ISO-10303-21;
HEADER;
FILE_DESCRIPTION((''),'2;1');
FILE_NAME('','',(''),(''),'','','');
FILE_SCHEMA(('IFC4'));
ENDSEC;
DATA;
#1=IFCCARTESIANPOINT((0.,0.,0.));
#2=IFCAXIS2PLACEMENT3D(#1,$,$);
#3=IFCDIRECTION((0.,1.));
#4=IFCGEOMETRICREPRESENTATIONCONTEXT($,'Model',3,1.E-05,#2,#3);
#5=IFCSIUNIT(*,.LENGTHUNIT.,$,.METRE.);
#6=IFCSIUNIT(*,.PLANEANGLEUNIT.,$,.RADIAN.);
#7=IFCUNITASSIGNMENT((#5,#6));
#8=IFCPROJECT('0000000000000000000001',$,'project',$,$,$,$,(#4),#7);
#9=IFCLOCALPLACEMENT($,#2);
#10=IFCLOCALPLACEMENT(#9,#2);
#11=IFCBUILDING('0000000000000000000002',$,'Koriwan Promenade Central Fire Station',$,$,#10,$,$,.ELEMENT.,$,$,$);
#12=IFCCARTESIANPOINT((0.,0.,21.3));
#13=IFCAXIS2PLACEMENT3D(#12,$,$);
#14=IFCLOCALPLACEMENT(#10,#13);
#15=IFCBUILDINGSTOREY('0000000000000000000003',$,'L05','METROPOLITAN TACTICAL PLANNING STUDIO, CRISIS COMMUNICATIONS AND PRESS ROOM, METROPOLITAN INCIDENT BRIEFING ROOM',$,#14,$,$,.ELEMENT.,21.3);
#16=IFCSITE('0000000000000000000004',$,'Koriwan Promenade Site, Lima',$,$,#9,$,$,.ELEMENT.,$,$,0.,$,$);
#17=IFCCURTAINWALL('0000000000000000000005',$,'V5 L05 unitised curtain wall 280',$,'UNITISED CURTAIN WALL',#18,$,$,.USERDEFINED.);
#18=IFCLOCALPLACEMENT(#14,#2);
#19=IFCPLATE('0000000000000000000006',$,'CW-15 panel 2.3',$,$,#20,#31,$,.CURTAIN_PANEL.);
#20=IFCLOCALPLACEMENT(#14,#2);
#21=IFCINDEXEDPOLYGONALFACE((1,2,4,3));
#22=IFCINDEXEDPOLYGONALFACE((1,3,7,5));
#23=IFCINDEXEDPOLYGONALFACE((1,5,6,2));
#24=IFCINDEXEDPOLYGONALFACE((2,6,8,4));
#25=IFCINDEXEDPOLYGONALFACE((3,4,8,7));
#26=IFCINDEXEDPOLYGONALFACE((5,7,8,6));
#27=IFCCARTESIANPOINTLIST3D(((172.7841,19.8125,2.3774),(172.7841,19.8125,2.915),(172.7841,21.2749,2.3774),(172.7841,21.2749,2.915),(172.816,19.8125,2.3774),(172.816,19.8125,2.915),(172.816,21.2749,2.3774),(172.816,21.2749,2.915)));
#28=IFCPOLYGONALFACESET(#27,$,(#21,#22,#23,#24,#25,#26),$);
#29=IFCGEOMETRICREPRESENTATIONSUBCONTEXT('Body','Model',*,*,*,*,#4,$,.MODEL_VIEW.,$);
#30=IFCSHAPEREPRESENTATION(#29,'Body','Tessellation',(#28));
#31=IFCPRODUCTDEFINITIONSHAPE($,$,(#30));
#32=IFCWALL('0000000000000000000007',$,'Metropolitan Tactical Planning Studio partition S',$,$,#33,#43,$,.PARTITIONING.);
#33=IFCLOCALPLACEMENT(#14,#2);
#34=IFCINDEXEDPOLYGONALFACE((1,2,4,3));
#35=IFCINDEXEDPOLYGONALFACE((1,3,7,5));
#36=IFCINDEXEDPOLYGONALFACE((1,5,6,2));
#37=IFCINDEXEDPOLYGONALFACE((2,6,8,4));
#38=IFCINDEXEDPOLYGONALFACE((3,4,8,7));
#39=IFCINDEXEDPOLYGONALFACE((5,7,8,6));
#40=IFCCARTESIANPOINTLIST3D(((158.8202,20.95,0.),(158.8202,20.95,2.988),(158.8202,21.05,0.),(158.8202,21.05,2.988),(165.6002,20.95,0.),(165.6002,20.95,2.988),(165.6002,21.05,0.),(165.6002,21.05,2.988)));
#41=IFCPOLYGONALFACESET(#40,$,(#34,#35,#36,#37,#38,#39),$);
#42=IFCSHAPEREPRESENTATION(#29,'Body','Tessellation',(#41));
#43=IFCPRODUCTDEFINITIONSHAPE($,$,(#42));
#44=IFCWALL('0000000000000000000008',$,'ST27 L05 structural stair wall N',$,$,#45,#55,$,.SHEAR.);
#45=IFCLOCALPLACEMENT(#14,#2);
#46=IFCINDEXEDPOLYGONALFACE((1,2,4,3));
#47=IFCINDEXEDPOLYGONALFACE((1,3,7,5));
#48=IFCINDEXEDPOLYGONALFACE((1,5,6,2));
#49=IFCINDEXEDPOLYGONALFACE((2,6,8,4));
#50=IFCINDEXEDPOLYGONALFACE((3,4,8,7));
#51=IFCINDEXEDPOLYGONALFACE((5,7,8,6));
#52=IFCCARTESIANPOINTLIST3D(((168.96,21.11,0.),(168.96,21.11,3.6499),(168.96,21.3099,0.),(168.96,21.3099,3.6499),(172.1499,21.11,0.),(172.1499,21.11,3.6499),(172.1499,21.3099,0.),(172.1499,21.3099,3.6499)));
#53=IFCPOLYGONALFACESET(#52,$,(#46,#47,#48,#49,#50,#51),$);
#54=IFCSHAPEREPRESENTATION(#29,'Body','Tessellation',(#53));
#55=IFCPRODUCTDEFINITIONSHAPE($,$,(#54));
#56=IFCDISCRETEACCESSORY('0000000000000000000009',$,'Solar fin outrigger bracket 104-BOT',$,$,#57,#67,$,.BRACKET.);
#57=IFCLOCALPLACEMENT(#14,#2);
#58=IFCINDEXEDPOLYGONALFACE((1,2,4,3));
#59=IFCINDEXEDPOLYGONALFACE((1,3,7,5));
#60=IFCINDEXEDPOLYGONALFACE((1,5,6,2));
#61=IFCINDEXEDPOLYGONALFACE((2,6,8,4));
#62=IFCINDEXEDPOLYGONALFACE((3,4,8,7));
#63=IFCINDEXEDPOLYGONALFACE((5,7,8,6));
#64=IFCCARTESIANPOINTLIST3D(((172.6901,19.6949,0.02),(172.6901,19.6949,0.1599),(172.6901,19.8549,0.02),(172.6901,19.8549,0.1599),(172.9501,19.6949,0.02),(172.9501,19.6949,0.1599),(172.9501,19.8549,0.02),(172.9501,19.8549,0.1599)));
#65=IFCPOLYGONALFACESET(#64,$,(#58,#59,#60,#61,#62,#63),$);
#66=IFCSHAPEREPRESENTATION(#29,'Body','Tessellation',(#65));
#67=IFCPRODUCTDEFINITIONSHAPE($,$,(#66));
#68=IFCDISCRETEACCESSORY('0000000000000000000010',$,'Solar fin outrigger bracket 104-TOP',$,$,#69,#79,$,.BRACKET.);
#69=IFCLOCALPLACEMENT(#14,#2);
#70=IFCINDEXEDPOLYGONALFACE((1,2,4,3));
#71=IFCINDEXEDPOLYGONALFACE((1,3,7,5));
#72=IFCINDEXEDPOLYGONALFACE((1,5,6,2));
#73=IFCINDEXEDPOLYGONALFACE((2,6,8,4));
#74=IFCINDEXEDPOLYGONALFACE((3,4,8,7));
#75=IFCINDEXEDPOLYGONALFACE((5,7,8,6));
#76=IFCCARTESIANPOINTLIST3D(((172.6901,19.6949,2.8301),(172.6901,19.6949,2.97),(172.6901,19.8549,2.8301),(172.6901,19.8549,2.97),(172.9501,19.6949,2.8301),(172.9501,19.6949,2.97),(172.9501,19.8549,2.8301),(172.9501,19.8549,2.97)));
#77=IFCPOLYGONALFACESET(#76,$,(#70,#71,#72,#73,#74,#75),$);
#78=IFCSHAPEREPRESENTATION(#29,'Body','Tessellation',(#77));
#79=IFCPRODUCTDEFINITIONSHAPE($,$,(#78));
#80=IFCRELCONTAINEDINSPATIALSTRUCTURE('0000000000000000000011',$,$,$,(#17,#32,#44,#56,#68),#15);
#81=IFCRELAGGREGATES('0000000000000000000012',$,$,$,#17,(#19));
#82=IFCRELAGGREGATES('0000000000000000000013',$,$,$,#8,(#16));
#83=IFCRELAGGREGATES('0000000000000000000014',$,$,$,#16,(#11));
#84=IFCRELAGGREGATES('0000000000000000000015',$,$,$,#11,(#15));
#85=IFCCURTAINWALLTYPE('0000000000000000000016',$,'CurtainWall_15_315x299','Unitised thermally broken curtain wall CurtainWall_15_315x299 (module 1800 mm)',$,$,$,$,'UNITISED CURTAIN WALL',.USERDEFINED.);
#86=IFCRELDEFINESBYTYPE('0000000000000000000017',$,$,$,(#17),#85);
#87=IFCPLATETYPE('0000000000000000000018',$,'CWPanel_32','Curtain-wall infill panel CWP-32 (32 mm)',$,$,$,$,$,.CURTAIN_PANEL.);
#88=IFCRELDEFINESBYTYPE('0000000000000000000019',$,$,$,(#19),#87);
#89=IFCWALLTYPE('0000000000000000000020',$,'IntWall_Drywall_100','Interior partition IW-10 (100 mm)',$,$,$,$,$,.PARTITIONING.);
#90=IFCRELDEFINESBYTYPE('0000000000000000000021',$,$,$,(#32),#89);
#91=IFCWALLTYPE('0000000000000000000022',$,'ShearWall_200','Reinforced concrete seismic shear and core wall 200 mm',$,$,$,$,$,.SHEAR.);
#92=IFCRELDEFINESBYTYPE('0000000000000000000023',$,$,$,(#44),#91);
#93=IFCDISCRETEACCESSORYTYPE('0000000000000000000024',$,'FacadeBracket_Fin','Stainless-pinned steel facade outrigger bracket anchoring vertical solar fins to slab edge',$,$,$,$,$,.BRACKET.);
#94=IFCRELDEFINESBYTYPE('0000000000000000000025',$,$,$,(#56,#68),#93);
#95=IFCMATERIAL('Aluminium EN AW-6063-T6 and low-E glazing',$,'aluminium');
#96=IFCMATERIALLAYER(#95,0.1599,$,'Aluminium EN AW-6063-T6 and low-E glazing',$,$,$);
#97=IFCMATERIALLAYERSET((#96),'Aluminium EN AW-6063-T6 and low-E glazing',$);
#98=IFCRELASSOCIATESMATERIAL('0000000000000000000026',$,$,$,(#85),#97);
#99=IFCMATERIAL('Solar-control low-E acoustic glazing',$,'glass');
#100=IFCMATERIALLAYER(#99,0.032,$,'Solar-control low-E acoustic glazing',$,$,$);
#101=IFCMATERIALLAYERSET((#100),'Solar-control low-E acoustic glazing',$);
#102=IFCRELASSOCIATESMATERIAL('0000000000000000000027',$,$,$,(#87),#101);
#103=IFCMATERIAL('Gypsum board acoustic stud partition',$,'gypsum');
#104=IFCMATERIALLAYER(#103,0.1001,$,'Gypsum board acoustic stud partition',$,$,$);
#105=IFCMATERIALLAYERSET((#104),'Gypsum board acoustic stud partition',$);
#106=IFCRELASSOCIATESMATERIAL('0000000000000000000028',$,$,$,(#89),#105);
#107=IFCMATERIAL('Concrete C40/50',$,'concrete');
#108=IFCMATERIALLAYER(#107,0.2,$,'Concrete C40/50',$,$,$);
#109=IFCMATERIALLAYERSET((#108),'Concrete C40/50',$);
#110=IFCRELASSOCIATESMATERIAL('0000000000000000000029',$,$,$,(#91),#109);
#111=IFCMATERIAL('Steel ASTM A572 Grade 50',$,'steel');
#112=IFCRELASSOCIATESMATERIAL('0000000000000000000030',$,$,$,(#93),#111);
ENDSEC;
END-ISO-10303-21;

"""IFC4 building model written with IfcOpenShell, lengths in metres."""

from ifc_helpers import new_model, si_unit, direction, frame, frame_2d, origin, origin_2d, place, context, subcontext, project, spatial, rectangle, extrude, material, layer, layer_set, type_object, element, aggregate, save


model = new_model("IFC4")

# Units and contexts
model_context = context("Model", 3, precision=1e-05, world=origin(), true_north=direction((0.0, 1.0)))
body_context = subcontext(model_context, "Body", "Model", "MODEL_VIEW")
ifc_project = project(units=[si_unit("LENGTHUNIT", "METRE"), si_unit("PLANEANGLEUNIT", "RADIAN")], contexts=[model_context])

# Site, building, storey
site_placement = place(None, origin())
site = spatial("IfcSite", under=ifc_project, at=site_placement, Name="Koriwan Promenade Site, Lima", CompositionType="ELEMENT", RefElevation=0.0)
building_placement = place(site_placement, origin())
building = spatial("IfcBuilding", under=site, at=building_placement, Name="Koriwan Promenade Central Fire Station", CompositionType="ELEMENT")
storey_placement = place(building_placement, frame((0.0, 0.0, 21.3)))
storey = spatial("IfcBuildingStorey", under=building, at=storey_placement, Name="L05", Description="METROPOLITAN TACTICAL PLANNING STUDIO, CRISIS COMMUNICATIONS AND PRESS ROOM, METROPOLITAN INCIDENT BRIEFING ROOM", CompositionType="ELEMENT", Elevation=21.3)

# Shared definitions
ifc_material_1 = material(Name="Concrete C40/50", Category="concrete")

# Curtain wall
ifc_material_2 = material(Name="Aluminium EN AW-6063-T6 and low-E glazing", Category="aluminium")
ifc_layer_1 = layer(ifc_material_2, 0.1599, Name="Aluminium EN AW-6063-T6 and low-E glazing")
ifc_layer_set_1 = layer_set([ifc_layer_1], Name="Aluminium EN AW-6063-T6 and low-E glazing")
curtain_wall_type = type_object("IfcCurtainWallType", Name="CurtainWall_15_315x299", Description="Unitised thermally broken curtain wall CurtainWall_15_315x299 (module 1800 mm)", ElementType="UNITISED CURTAIN WALL", PredefinedType="USERDEFINED", material=ifc_layer_set_1)
curtain_wall_placement = place(storey_placement, origin())
curtain_wall = element("IfcCurtainWall", 1, at=curtain_wall_placement, inside=storey, type_object=curtain_wall_type, Name="V5 L05 unitised curtain wall 280", ObjectType="UNITISED CURTAIN WALL", PredefinedType="USERDEFINED")

# Plate
ifc_material_3 = material(Name="Solar-control low-E acoustic glazing", Category="glass")
ifc_layer_2 = layer(ifc_material_3, 0.032, Name="Solar-control low-E acoustic glazing")
ifc_layer_set_2 = layer_set([ifc_layer_2], Name="Solar-control low-E acoustic glazing")
plate_type = type_object("IfcPlateType", Name="CWPanel_32", Description="Curtain-wall infill panel CWP-32 (32 mm)", PredefinedType="CURTAIN_PANEL", material=ifc_layer_set_2)
plate_1_placement = place(storey_placement, frame((172.8, 20.5437, 2.3774), z_axis=(0.0, 0.0, 1.0), x_axis=(0.0, 1.0, 0.0)))
plate_1 = element("IfcPlate", 2, at=plate_1_placement, type_object=plate_type, Name="CW-15 panel 2.3", PredefinedType="CURTAIN_PANEL", context=body_context, shape_type="SweptSolid", body=[
    extrude(rectangle(XDim=1.4624, YDim=0.032, at=origin_2d()), origin(), (0.0, 0.0, 1.0), 0.5376),
])
aggregate(curtain_wall, [plate_1])

# Walls
ifc_material_4 = material(Name="Gypsum board acoustic stud partition", Category="gypsum")
ifc_layer_3 = layer(ifc_material_4, 0.1001, Name="Gypsum board acoustic stud partition")
ifc_layer_set_3 = layer_set([ifc_layer_3], Name="Gypsum board acoustic stud partition")
wall_type_1 = type_object("IfcWallType", Name="IntWall_Drywall_100", Description="Interior partition IW-10 (100 mm)", PredefinedType="PARTITIONING", material=ifc_layer_set_3)
wall_1_placement = place(storey_placement, frame((158.8201, 21.0, 0.0), z_axis=(0.0, 0.0, 1.0), x_axis=(1.0, 0.0, 0.0)))
element("IfcWall", 3, at=wall_1_placement, inside=storey, type_object=wall_type_1, Name="Metropolitan Tactical Planning Studio partition S", PredefinedType="PARTITIONING", context=body_context, shape_type="SweptSolid", body=[
    extrude(rectangle(XDim=6.78, YDim=0.1001, at=frame_2d((3.3901, 0.0))), origin(), (0.0, 0.0, 1.0), 2.988),
])
ifc_layer_4 = layer(ifc_material_1, 0.2, Name="Concrete C40/50")
ifc_layer_set_4 = layer_set([ifc_layer_4], Name="Concrete C40/50")
wall_type_2 = type_object("IfcWallType", Name="ShearWall_200", Description="Reinforced concrete seismic shear and core wall 200 mm", PredefinedType="SHEAR", material=ifc_layer_set_4)
wall_2_placement = place(storey_placement, frame((168.96, 21.21, 0.0), z_axis=(0.0, 0.0, 1.0), x_axis=(1.0, 0.0, 0.0)))
element("IfcWall", 4, at=wall_2_placement, inside=storey, type_object=wall_type_2, Name="ST27 L05 structural stair wall N", PredefinedType="SHEAR", context=body_context, shape_type="SweptSolid", body=[
    extrude(rectangle(XDim=3.1899, YDim=0.2, at=frame_2d((1.595, 0.0))), origin(), (0.0, 0.0, 1.0), 3.6499),
])

# Discrete accessories
ifc_material_5 = material(Name="Steel ASTM A572 Grade 50", Category="steel")
discrete_accessory_type = type_object("IfcDiscreteAccessoryType", Name="FacadeBracket_Fin", Description="Stainless-pinned steel facade outrigger bracket anchoring vertical solar fins to slab edge", PredefinedType="BRACKET", material=ifc_material_5)
for number, where, z_axis, x_axis, name in (
    (5, (172.8201, 19.7749, 0.02), (0.0, 0.0, 1.0), (1.0, 0.0, 0.0), "Solar fin outrigger bracket 104-BOT"),
    (6, (172.8201, 19.7749, 2.8301), (0.0, 0.0, 1.0), (1.0, 0.0, 0.0), "Solar fin outrigger bracket 104-TOP"),
):
    element("IfcDiscreteAccessory", number, at=place(storey_placement, frame(where, z_axis=z_axis, x_axis=x_axis)), inside=storey, type_object=discrete_accessory_type, Name=name, PredefinedType="BRACKET", context=body_context, shape_type="SweptSolid", body=[
        extrude(rectangle(XDim=0.26, YDim=0.1599, at=origin_2d()), origin(), (0.0, 0.0, 1.0), 0.1399),
    ])

save(model, "model.ifc")
